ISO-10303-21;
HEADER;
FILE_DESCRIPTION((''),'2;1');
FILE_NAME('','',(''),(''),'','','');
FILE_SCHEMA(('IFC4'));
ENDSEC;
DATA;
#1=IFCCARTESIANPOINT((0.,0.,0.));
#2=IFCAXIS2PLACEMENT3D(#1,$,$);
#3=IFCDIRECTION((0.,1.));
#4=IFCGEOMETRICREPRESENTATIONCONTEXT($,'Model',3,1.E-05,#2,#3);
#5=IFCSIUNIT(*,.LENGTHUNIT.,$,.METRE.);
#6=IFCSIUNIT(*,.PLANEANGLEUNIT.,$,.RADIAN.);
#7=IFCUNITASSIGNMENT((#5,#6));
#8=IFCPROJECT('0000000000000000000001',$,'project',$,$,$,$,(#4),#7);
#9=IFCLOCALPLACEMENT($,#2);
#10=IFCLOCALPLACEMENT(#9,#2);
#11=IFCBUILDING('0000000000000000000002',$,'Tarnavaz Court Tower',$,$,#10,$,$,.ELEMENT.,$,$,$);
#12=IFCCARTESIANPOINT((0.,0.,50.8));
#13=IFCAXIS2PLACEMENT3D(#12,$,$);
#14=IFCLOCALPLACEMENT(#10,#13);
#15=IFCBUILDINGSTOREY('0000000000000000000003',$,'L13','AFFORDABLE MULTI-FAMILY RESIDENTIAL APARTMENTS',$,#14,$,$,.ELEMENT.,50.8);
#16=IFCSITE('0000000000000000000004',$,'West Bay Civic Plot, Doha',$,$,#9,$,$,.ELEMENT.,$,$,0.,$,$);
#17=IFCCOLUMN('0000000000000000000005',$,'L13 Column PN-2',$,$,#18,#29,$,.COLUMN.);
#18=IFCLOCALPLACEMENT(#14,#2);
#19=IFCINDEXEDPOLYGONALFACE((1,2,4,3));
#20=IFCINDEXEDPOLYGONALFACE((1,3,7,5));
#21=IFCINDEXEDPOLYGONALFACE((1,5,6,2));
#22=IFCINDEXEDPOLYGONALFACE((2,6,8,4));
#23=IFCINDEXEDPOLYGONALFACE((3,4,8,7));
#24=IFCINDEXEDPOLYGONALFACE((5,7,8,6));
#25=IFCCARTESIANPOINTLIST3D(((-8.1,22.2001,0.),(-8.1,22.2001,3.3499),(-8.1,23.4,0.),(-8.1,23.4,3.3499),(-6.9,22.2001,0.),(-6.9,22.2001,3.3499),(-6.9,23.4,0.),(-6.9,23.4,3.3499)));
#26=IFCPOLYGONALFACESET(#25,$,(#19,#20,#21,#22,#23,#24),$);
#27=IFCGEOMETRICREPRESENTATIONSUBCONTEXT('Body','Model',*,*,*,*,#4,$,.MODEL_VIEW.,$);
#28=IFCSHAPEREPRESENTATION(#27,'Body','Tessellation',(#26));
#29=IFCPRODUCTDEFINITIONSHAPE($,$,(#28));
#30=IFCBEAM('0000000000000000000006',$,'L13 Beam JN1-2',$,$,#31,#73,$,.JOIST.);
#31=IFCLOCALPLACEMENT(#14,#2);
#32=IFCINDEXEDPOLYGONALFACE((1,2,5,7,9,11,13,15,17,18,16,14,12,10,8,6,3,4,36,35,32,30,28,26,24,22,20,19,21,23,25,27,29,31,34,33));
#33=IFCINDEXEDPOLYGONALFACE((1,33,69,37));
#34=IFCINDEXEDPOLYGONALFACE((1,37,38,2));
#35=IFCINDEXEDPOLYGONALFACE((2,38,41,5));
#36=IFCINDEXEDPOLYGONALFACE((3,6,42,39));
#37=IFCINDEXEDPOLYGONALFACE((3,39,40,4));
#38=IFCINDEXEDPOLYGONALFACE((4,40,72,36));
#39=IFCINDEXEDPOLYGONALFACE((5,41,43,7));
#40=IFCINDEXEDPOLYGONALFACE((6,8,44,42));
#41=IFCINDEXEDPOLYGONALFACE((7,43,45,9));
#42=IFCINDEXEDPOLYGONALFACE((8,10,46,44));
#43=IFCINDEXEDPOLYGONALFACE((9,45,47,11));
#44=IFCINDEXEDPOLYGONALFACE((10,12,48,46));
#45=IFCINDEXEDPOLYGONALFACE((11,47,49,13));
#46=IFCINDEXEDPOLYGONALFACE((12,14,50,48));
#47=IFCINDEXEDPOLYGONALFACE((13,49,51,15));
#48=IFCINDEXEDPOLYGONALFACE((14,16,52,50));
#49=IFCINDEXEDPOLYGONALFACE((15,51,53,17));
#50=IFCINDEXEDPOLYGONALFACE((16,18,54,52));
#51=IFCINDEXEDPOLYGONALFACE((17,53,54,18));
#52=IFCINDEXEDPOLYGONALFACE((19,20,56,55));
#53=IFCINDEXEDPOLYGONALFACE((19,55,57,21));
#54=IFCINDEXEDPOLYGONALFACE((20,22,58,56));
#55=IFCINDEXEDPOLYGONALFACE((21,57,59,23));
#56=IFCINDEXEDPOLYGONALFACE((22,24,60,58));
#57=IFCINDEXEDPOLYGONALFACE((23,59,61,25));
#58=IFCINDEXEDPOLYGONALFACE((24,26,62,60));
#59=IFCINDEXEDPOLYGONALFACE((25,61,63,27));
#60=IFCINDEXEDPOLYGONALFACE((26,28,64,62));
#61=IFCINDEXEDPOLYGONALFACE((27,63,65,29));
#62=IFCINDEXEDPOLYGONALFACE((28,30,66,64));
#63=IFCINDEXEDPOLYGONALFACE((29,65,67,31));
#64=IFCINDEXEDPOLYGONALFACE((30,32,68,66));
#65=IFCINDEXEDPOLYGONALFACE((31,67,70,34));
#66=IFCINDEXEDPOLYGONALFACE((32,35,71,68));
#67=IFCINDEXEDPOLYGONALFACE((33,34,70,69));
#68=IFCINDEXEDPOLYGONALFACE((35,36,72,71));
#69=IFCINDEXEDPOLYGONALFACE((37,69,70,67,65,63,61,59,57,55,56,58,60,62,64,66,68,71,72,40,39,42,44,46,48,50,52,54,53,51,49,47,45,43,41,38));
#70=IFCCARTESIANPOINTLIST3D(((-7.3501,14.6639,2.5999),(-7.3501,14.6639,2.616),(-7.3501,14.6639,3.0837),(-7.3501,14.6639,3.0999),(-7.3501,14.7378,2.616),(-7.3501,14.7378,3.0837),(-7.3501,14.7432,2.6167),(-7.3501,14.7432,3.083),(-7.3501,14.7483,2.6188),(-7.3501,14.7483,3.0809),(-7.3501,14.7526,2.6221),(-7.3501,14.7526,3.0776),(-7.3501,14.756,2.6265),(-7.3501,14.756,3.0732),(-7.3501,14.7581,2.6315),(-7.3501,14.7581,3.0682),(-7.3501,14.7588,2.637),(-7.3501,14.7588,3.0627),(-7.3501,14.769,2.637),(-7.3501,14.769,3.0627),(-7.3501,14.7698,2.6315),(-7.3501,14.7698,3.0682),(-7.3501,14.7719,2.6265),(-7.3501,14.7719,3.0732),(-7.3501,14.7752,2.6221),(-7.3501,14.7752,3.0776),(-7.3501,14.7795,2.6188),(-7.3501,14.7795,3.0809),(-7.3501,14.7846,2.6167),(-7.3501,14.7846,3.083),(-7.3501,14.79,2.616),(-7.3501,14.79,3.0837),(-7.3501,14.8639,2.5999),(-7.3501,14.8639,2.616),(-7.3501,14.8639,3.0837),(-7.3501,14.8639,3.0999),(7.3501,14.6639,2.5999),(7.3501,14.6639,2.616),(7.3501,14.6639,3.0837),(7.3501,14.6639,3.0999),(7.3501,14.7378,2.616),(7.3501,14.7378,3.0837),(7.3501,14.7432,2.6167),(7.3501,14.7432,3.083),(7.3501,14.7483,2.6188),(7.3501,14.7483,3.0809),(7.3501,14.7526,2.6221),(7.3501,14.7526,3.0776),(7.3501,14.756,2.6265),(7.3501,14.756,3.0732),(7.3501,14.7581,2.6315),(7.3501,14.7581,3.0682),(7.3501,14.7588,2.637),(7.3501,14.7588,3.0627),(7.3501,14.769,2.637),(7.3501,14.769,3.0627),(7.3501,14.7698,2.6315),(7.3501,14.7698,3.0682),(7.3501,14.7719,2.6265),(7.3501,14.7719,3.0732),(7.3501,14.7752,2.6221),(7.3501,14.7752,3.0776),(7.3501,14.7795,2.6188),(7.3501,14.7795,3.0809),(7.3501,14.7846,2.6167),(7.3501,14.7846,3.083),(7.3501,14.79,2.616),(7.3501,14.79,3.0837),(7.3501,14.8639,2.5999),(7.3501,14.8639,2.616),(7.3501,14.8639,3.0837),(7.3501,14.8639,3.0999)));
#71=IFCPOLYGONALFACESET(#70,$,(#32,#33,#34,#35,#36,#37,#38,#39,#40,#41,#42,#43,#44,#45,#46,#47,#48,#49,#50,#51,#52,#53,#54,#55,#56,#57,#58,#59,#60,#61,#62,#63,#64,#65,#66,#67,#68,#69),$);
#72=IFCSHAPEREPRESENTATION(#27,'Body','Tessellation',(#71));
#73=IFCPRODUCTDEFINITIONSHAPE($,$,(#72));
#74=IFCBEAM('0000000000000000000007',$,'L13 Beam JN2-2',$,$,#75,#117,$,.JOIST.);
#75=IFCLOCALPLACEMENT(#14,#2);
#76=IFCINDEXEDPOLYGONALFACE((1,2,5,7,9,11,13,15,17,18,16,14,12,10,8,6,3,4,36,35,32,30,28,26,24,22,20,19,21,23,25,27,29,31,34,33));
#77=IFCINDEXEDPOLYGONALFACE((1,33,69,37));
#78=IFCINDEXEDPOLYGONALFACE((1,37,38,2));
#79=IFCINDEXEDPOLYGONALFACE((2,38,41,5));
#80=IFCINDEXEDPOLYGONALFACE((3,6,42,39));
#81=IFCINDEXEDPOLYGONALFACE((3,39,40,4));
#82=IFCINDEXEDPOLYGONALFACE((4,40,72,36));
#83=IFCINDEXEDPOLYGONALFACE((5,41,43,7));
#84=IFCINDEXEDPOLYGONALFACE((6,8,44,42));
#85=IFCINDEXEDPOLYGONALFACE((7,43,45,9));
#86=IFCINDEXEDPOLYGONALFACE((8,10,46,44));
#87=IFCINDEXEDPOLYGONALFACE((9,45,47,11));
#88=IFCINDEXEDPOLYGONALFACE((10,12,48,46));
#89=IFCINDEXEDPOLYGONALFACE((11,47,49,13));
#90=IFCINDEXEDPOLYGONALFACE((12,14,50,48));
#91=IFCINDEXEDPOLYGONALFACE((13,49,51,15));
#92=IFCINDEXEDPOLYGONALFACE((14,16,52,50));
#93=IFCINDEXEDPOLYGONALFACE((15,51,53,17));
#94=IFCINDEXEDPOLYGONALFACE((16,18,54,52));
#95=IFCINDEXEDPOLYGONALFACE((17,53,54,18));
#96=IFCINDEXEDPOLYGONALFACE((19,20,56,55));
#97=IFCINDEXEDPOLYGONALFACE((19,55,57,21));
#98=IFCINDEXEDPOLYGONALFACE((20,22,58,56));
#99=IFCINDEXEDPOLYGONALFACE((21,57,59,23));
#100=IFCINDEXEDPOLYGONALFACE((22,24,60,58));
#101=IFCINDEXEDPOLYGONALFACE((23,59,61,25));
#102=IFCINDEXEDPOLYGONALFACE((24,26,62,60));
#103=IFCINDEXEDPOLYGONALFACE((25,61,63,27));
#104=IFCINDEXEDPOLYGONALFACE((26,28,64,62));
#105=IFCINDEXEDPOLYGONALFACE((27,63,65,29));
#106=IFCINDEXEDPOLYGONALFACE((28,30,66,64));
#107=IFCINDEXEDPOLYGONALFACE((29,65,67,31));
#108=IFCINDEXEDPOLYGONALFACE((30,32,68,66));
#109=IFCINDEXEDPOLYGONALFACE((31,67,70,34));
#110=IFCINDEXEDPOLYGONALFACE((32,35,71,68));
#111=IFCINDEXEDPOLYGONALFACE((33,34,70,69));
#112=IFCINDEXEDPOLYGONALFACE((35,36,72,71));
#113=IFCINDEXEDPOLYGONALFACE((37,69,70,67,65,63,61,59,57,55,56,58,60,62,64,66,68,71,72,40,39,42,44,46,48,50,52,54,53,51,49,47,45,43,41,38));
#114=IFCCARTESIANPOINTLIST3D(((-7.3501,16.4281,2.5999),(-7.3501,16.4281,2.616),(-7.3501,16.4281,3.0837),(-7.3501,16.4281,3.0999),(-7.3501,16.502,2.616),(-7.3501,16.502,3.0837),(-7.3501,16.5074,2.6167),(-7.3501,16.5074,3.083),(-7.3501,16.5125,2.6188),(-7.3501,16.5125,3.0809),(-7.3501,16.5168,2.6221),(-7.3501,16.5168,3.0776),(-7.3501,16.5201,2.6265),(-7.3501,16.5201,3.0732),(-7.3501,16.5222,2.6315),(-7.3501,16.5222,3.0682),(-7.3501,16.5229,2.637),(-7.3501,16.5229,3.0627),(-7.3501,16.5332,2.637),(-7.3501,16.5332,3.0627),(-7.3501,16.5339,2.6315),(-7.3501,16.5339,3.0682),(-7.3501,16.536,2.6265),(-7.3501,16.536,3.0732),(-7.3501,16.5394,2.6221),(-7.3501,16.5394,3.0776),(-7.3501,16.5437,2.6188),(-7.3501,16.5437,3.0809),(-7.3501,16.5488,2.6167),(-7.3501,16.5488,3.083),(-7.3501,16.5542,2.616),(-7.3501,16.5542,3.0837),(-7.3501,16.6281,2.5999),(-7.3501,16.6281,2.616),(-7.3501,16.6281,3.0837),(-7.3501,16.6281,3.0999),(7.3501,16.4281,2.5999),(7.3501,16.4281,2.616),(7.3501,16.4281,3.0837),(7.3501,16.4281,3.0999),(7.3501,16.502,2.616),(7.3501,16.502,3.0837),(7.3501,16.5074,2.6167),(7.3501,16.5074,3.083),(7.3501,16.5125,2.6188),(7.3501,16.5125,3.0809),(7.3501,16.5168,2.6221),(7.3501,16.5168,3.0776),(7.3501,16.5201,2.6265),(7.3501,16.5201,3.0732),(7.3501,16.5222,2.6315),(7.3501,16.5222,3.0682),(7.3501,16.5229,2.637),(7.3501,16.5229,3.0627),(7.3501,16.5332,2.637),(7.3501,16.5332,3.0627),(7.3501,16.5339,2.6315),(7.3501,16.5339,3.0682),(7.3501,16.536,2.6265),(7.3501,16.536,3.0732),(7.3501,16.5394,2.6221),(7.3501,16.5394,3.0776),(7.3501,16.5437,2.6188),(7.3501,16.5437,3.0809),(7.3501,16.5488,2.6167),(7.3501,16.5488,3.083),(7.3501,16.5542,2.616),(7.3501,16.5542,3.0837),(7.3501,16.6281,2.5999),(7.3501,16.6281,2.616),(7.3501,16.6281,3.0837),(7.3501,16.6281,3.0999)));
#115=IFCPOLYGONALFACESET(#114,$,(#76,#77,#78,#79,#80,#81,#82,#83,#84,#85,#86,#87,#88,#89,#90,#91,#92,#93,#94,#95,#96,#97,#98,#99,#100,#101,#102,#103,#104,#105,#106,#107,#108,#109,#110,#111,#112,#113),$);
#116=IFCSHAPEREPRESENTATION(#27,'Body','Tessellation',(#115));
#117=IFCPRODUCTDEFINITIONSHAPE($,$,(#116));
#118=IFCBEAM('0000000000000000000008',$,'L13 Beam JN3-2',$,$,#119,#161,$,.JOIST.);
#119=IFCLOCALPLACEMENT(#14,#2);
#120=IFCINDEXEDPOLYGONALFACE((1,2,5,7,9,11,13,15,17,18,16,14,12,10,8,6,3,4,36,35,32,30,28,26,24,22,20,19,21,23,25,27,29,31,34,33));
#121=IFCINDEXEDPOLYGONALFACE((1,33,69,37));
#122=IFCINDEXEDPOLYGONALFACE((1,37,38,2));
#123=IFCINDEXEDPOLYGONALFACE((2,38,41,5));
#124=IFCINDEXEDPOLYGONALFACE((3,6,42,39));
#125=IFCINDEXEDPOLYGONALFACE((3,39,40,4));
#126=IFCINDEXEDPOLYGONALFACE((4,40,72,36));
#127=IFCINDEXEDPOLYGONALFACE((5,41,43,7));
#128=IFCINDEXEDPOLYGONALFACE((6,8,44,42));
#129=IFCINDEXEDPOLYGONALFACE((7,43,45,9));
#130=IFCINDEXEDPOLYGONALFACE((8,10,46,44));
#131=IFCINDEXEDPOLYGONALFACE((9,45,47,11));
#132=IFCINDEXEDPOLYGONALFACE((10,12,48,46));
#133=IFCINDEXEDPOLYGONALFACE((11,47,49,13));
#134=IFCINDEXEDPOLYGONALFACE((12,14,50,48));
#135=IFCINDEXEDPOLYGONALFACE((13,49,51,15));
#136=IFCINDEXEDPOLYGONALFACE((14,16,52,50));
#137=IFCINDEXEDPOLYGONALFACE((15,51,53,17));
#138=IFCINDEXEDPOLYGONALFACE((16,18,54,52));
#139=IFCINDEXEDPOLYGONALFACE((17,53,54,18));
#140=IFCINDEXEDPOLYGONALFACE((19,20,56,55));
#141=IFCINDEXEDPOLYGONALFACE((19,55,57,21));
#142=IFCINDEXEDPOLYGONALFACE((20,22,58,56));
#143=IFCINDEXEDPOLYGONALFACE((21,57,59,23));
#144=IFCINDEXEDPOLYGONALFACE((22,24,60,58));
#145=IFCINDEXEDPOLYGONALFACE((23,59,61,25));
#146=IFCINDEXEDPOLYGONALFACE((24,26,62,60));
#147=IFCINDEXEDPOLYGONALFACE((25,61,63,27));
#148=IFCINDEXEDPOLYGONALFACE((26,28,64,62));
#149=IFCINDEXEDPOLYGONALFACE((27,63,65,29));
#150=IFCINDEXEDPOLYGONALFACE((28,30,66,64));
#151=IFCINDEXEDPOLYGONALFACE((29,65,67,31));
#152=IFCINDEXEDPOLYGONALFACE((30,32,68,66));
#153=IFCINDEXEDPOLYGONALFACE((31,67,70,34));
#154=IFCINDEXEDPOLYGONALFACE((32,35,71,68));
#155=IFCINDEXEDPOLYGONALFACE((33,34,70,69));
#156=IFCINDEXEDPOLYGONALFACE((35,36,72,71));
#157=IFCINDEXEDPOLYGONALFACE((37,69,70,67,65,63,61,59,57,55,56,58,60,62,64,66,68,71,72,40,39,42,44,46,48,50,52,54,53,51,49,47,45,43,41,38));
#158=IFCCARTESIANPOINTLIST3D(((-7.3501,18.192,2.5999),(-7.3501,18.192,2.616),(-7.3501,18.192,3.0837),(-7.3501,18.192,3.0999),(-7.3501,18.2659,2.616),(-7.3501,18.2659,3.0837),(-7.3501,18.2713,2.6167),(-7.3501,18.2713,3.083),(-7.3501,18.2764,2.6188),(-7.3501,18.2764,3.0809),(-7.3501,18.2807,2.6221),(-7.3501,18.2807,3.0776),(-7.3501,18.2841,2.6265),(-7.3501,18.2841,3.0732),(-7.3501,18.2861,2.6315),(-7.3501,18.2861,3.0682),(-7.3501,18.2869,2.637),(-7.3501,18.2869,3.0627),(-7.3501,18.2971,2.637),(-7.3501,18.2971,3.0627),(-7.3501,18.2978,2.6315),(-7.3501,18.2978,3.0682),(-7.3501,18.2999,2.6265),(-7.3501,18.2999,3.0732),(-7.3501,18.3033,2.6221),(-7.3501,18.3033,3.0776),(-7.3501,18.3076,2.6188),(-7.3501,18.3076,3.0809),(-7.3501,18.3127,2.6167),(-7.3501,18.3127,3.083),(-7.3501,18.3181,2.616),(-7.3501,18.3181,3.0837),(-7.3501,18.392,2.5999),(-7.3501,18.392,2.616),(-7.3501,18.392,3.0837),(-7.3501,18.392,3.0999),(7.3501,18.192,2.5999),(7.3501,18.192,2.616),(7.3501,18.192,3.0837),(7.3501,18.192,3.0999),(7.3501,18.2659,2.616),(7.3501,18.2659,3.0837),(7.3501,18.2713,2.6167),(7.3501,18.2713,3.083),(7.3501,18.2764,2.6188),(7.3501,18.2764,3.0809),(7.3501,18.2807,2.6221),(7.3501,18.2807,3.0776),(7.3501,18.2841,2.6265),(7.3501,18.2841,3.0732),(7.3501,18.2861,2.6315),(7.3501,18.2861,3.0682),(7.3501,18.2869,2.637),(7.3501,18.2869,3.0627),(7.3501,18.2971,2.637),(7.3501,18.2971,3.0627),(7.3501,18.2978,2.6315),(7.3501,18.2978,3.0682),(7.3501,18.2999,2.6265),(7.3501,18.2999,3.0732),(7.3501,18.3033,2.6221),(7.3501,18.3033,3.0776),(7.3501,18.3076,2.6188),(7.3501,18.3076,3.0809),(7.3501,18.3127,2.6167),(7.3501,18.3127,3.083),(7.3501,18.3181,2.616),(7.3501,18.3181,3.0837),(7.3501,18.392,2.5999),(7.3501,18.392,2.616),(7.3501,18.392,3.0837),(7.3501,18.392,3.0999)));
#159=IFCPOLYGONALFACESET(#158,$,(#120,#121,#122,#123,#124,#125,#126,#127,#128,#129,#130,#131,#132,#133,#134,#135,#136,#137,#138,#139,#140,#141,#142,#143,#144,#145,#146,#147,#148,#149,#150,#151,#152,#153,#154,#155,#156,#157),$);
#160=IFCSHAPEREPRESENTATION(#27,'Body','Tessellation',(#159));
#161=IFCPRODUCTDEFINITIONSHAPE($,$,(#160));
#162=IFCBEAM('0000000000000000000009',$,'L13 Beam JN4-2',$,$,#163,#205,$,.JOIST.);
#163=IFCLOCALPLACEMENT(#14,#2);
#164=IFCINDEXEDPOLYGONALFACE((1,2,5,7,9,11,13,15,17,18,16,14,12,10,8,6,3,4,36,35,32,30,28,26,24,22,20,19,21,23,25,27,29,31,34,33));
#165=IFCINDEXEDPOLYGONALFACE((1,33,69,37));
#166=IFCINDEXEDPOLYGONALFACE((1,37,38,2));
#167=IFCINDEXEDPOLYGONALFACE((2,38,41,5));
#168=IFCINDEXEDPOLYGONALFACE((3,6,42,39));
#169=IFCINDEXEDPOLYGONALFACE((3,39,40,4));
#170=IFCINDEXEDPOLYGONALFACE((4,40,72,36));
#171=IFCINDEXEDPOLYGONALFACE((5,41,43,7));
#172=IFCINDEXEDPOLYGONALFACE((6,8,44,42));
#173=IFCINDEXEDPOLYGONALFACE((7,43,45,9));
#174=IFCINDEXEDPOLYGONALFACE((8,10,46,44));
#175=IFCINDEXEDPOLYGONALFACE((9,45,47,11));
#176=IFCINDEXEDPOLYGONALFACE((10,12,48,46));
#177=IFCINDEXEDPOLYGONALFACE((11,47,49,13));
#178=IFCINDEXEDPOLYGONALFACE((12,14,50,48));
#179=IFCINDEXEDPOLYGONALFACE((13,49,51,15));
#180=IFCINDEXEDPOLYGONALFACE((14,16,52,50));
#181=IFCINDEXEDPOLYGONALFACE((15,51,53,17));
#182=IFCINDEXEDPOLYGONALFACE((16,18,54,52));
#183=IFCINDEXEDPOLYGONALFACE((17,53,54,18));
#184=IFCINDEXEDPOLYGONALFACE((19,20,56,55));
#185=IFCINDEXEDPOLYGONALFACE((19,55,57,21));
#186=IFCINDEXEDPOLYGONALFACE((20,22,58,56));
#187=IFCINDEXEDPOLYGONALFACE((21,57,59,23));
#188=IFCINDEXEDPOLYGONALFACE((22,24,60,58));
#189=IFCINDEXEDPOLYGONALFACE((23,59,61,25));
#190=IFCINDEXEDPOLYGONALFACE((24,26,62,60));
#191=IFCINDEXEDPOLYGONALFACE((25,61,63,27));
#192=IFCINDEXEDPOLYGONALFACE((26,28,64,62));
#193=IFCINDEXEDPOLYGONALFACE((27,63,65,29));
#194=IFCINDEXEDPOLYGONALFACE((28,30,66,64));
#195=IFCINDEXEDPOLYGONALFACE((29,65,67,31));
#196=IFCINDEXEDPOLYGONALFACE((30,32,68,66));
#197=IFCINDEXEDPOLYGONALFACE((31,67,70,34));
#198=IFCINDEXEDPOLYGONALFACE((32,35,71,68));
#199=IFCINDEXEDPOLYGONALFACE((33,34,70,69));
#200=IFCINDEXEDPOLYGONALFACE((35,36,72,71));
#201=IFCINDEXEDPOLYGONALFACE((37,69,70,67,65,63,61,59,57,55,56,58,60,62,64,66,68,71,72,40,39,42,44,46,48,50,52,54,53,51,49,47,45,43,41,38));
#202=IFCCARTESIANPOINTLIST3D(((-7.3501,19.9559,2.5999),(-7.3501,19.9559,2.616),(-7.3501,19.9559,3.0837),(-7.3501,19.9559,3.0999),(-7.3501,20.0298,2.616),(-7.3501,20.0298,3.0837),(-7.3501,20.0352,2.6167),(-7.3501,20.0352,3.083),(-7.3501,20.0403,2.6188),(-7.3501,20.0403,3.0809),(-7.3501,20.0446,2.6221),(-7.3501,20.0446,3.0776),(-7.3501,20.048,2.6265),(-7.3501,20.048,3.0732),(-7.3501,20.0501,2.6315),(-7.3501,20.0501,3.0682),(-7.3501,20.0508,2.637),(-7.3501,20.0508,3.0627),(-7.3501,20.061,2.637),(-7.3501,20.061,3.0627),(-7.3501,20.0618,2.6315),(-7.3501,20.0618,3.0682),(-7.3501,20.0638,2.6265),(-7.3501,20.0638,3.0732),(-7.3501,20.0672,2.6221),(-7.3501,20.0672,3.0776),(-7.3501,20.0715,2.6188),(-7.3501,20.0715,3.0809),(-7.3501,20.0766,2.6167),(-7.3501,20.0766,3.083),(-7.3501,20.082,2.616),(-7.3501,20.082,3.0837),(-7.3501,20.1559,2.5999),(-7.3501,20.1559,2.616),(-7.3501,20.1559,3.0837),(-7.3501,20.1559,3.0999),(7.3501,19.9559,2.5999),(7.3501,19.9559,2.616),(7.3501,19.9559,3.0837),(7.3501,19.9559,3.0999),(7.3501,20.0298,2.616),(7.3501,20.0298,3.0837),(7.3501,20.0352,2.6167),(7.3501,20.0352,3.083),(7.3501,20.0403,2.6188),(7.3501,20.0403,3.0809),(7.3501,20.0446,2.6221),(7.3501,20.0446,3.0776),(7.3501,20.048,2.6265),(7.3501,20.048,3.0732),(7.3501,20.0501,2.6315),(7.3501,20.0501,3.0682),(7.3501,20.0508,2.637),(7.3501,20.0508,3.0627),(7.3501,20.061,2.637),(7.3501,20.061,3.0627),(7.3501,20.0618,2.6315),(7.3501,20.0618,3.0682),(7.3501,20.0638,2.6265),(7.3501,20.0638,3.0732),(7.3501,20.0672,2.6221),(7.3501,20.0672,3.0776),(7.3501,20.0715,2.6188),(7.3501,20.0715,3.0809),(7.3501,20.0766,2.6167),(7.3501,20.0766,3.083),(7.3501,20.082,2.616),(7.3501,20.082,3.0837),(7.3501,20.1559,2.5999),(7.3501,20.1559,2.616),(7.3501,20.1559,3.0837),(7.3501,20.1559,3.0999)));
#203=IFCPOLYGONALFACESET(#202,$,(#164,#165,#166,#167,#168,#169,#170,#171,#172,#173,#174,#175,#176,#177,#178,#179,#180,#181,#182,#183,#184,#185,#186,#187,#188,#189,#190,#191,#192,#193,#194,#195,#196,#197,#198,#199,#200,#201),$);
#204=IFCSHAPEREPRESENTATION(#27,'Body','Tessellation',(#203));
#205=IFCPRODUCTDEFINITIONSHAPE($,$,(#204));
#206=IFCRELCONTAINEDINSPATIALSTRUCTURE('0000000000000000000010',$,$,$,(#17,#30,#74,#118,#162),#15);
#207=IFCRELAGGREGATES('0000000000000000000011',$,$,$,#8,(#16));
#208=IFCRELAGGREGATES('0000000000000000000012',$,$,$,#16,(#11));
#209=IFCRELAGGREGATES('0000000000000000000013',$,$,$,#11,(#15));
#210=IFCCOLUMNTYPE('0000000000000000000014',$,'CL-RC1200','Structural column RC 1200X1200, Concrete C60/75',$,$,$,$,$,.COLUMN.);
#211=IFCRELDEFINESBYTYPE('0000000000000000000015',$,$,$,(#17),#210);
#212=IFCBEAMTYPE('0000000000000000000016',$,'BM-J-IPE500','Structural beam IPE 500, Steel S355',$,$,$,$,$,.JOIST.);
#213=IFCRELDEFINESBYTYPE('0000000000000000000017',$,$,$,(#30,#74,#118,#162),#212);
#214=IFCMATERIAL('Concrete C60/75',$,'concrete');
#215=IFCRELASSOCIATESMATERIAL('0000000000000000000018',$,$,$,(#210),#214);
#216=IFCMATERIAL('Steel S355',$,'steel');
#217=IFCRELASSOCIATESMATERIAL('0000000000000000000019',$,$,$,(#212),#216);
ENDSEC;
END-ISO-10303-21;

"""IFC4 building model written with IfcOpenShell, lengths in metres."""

from ifc_helpers import new_model, si_unit, direction, frame, origin, origin_2d, place, context, subcontext, project, spatial, rectangle, i_section, extrude, material, material_profile, profile_set, type_object, element, save


model = new_model("IFC4")

# Units and contexts
model_context = context("Model", 3, precision=1e-05, world=origin(), true_north=direction((0.0, 1.0)))
body_context = subcontext(model_context, "Body", "Model", "MODEL_VIEW")
ifc_project = project(units=[si_unit("LENGTHUNIT", "METRE"), si_unit("PLANEANGLEUNIT", "RADIAN")], contexts=[model_context])

# Site, building, storey
site_placement = place(None, origin())
site = spatial("IfcSite", under=ifc_project, at=site_placement, Name="West Bay Civic Plot, Doha", CompositionType="ELEMENT", RefElevation=0.0)
building_placement = place(site_placement, origin())
building = spatial("IfcBuilding", under=site, at=building_placement, Name="Tarnavaz Court Tower", CompositionType="ELEMENT")
storey_placement = place(building_placement, frame((0.0, 0.0, 50.8)))
storey = spatial("IfcBuildingStorey", under=building, at=storey_placement, Name="L13", Description="AFFORDABLE MULTI-FAMILY RESIDENTIAL APARTMENTS", CompositionType="ELEMENT", Elevation=50.8)

# Column
ifc_material_1 = material(Name="Concrete C60/75", Category="concrete")
ifc_material_profile_1 = material_profile(ifc_material_1, rectangle(XDim=1.2, YDim=1.2, at=origin_2d()), Name="RC 1200X1200")
ifc_profile_set_1 = profile_set([ifc_material_profile_1], Name="Concrete C60/75")
column_type = type_object("IfcColumnType", Name="CL-RC1200", Description="Structural column RC 1200X1200, Concrete C60/75", PredefinedType="COLUMN", material=ifc_profile_set_1)
column_placement = place(storey_placement, frame((-7.5, 22.8, 0.0), z_axis=(0.0, 0.0, 1.0), x_axis=(1.0, 0.0, 0.0)))
element("IfcColumn", 1, at=column_placement, inside=storey, type_object=column_type, Name="L13 Column PN-2", PredefinedType="COLUMN", context=body_context, shape_type="SweptSolid", body=[
    extrude(rectangle(XDim=1.2, YDim=1.2, at=origin_2d()), origin(), (0.0, 0.0, 1.0), 3.3499),
])

# Beams
ifc_material_2 = material(Name="Steel S355", Category="steel")
ifc_material_profile_2 = material_profile(ifc_material_2, i_section(OverallWidth=0.2, OverallDepth=0.5, WebThickness=0.0103, FlangeThickness=0.0161, FilletRadius=0.021, at=origin_2d()), Name="IPE 500")
ifc_profile_set_2 = profile_set([ifc_material_profile_2], Name="Steel S355")
beam_type_1 = type_object("IfcBeamType", Name="BM-J-IPE500", Description="Structural beam IPE 500, Steel S355", PredefinedType="JOIST", material=ifc_profile_set_2)
for number, where, z_axis, x_axis, name in (
    (2, (-7.3501, 14.7639, 2.8499), (1.0, 0.0, 0.0), (0.0, 1.0, 0.0), "L13 Beam JN1-2"),
    (3, (-7.3501, 16.5281, 2.8499), (1.0, 0.0, 0.0), (0.0, 1.0, 0.0), "L13 Beam JN2-2"),
    (4, (-7.3501, 18.292, 2.8499), (1.0, 0.0, 0.0), (0.0, 1.0, 0.0), "L13 Beam JN3-2"),
    (5, (-7.3501, 20.0559, 2.8499), (1.0, 0.0, 0.0), (0.0, 1.0, 0.0), "L13 Beam JN4-2"),
):
    element("IfcBeam", number, at=place(storey_placement, frame(where, z_axis=z_axis, x_axis=x_axis)), inside=storey, type_object=beam_type_1, Name=name, PredefinedType="JOIST", context=body_context, shape_type="SweptSolid", body=[
        extrude(i_section(OverallWidth=0.2, OverallDepth=0.5, WebThickness=0.0103, FlangeThickness=0.0161, FilletRadius=0.021, at=origin_2d()), origin(), (0.0, 0.0, 1.0), 14.7002),
    ])

save(model, "model.ifc")
